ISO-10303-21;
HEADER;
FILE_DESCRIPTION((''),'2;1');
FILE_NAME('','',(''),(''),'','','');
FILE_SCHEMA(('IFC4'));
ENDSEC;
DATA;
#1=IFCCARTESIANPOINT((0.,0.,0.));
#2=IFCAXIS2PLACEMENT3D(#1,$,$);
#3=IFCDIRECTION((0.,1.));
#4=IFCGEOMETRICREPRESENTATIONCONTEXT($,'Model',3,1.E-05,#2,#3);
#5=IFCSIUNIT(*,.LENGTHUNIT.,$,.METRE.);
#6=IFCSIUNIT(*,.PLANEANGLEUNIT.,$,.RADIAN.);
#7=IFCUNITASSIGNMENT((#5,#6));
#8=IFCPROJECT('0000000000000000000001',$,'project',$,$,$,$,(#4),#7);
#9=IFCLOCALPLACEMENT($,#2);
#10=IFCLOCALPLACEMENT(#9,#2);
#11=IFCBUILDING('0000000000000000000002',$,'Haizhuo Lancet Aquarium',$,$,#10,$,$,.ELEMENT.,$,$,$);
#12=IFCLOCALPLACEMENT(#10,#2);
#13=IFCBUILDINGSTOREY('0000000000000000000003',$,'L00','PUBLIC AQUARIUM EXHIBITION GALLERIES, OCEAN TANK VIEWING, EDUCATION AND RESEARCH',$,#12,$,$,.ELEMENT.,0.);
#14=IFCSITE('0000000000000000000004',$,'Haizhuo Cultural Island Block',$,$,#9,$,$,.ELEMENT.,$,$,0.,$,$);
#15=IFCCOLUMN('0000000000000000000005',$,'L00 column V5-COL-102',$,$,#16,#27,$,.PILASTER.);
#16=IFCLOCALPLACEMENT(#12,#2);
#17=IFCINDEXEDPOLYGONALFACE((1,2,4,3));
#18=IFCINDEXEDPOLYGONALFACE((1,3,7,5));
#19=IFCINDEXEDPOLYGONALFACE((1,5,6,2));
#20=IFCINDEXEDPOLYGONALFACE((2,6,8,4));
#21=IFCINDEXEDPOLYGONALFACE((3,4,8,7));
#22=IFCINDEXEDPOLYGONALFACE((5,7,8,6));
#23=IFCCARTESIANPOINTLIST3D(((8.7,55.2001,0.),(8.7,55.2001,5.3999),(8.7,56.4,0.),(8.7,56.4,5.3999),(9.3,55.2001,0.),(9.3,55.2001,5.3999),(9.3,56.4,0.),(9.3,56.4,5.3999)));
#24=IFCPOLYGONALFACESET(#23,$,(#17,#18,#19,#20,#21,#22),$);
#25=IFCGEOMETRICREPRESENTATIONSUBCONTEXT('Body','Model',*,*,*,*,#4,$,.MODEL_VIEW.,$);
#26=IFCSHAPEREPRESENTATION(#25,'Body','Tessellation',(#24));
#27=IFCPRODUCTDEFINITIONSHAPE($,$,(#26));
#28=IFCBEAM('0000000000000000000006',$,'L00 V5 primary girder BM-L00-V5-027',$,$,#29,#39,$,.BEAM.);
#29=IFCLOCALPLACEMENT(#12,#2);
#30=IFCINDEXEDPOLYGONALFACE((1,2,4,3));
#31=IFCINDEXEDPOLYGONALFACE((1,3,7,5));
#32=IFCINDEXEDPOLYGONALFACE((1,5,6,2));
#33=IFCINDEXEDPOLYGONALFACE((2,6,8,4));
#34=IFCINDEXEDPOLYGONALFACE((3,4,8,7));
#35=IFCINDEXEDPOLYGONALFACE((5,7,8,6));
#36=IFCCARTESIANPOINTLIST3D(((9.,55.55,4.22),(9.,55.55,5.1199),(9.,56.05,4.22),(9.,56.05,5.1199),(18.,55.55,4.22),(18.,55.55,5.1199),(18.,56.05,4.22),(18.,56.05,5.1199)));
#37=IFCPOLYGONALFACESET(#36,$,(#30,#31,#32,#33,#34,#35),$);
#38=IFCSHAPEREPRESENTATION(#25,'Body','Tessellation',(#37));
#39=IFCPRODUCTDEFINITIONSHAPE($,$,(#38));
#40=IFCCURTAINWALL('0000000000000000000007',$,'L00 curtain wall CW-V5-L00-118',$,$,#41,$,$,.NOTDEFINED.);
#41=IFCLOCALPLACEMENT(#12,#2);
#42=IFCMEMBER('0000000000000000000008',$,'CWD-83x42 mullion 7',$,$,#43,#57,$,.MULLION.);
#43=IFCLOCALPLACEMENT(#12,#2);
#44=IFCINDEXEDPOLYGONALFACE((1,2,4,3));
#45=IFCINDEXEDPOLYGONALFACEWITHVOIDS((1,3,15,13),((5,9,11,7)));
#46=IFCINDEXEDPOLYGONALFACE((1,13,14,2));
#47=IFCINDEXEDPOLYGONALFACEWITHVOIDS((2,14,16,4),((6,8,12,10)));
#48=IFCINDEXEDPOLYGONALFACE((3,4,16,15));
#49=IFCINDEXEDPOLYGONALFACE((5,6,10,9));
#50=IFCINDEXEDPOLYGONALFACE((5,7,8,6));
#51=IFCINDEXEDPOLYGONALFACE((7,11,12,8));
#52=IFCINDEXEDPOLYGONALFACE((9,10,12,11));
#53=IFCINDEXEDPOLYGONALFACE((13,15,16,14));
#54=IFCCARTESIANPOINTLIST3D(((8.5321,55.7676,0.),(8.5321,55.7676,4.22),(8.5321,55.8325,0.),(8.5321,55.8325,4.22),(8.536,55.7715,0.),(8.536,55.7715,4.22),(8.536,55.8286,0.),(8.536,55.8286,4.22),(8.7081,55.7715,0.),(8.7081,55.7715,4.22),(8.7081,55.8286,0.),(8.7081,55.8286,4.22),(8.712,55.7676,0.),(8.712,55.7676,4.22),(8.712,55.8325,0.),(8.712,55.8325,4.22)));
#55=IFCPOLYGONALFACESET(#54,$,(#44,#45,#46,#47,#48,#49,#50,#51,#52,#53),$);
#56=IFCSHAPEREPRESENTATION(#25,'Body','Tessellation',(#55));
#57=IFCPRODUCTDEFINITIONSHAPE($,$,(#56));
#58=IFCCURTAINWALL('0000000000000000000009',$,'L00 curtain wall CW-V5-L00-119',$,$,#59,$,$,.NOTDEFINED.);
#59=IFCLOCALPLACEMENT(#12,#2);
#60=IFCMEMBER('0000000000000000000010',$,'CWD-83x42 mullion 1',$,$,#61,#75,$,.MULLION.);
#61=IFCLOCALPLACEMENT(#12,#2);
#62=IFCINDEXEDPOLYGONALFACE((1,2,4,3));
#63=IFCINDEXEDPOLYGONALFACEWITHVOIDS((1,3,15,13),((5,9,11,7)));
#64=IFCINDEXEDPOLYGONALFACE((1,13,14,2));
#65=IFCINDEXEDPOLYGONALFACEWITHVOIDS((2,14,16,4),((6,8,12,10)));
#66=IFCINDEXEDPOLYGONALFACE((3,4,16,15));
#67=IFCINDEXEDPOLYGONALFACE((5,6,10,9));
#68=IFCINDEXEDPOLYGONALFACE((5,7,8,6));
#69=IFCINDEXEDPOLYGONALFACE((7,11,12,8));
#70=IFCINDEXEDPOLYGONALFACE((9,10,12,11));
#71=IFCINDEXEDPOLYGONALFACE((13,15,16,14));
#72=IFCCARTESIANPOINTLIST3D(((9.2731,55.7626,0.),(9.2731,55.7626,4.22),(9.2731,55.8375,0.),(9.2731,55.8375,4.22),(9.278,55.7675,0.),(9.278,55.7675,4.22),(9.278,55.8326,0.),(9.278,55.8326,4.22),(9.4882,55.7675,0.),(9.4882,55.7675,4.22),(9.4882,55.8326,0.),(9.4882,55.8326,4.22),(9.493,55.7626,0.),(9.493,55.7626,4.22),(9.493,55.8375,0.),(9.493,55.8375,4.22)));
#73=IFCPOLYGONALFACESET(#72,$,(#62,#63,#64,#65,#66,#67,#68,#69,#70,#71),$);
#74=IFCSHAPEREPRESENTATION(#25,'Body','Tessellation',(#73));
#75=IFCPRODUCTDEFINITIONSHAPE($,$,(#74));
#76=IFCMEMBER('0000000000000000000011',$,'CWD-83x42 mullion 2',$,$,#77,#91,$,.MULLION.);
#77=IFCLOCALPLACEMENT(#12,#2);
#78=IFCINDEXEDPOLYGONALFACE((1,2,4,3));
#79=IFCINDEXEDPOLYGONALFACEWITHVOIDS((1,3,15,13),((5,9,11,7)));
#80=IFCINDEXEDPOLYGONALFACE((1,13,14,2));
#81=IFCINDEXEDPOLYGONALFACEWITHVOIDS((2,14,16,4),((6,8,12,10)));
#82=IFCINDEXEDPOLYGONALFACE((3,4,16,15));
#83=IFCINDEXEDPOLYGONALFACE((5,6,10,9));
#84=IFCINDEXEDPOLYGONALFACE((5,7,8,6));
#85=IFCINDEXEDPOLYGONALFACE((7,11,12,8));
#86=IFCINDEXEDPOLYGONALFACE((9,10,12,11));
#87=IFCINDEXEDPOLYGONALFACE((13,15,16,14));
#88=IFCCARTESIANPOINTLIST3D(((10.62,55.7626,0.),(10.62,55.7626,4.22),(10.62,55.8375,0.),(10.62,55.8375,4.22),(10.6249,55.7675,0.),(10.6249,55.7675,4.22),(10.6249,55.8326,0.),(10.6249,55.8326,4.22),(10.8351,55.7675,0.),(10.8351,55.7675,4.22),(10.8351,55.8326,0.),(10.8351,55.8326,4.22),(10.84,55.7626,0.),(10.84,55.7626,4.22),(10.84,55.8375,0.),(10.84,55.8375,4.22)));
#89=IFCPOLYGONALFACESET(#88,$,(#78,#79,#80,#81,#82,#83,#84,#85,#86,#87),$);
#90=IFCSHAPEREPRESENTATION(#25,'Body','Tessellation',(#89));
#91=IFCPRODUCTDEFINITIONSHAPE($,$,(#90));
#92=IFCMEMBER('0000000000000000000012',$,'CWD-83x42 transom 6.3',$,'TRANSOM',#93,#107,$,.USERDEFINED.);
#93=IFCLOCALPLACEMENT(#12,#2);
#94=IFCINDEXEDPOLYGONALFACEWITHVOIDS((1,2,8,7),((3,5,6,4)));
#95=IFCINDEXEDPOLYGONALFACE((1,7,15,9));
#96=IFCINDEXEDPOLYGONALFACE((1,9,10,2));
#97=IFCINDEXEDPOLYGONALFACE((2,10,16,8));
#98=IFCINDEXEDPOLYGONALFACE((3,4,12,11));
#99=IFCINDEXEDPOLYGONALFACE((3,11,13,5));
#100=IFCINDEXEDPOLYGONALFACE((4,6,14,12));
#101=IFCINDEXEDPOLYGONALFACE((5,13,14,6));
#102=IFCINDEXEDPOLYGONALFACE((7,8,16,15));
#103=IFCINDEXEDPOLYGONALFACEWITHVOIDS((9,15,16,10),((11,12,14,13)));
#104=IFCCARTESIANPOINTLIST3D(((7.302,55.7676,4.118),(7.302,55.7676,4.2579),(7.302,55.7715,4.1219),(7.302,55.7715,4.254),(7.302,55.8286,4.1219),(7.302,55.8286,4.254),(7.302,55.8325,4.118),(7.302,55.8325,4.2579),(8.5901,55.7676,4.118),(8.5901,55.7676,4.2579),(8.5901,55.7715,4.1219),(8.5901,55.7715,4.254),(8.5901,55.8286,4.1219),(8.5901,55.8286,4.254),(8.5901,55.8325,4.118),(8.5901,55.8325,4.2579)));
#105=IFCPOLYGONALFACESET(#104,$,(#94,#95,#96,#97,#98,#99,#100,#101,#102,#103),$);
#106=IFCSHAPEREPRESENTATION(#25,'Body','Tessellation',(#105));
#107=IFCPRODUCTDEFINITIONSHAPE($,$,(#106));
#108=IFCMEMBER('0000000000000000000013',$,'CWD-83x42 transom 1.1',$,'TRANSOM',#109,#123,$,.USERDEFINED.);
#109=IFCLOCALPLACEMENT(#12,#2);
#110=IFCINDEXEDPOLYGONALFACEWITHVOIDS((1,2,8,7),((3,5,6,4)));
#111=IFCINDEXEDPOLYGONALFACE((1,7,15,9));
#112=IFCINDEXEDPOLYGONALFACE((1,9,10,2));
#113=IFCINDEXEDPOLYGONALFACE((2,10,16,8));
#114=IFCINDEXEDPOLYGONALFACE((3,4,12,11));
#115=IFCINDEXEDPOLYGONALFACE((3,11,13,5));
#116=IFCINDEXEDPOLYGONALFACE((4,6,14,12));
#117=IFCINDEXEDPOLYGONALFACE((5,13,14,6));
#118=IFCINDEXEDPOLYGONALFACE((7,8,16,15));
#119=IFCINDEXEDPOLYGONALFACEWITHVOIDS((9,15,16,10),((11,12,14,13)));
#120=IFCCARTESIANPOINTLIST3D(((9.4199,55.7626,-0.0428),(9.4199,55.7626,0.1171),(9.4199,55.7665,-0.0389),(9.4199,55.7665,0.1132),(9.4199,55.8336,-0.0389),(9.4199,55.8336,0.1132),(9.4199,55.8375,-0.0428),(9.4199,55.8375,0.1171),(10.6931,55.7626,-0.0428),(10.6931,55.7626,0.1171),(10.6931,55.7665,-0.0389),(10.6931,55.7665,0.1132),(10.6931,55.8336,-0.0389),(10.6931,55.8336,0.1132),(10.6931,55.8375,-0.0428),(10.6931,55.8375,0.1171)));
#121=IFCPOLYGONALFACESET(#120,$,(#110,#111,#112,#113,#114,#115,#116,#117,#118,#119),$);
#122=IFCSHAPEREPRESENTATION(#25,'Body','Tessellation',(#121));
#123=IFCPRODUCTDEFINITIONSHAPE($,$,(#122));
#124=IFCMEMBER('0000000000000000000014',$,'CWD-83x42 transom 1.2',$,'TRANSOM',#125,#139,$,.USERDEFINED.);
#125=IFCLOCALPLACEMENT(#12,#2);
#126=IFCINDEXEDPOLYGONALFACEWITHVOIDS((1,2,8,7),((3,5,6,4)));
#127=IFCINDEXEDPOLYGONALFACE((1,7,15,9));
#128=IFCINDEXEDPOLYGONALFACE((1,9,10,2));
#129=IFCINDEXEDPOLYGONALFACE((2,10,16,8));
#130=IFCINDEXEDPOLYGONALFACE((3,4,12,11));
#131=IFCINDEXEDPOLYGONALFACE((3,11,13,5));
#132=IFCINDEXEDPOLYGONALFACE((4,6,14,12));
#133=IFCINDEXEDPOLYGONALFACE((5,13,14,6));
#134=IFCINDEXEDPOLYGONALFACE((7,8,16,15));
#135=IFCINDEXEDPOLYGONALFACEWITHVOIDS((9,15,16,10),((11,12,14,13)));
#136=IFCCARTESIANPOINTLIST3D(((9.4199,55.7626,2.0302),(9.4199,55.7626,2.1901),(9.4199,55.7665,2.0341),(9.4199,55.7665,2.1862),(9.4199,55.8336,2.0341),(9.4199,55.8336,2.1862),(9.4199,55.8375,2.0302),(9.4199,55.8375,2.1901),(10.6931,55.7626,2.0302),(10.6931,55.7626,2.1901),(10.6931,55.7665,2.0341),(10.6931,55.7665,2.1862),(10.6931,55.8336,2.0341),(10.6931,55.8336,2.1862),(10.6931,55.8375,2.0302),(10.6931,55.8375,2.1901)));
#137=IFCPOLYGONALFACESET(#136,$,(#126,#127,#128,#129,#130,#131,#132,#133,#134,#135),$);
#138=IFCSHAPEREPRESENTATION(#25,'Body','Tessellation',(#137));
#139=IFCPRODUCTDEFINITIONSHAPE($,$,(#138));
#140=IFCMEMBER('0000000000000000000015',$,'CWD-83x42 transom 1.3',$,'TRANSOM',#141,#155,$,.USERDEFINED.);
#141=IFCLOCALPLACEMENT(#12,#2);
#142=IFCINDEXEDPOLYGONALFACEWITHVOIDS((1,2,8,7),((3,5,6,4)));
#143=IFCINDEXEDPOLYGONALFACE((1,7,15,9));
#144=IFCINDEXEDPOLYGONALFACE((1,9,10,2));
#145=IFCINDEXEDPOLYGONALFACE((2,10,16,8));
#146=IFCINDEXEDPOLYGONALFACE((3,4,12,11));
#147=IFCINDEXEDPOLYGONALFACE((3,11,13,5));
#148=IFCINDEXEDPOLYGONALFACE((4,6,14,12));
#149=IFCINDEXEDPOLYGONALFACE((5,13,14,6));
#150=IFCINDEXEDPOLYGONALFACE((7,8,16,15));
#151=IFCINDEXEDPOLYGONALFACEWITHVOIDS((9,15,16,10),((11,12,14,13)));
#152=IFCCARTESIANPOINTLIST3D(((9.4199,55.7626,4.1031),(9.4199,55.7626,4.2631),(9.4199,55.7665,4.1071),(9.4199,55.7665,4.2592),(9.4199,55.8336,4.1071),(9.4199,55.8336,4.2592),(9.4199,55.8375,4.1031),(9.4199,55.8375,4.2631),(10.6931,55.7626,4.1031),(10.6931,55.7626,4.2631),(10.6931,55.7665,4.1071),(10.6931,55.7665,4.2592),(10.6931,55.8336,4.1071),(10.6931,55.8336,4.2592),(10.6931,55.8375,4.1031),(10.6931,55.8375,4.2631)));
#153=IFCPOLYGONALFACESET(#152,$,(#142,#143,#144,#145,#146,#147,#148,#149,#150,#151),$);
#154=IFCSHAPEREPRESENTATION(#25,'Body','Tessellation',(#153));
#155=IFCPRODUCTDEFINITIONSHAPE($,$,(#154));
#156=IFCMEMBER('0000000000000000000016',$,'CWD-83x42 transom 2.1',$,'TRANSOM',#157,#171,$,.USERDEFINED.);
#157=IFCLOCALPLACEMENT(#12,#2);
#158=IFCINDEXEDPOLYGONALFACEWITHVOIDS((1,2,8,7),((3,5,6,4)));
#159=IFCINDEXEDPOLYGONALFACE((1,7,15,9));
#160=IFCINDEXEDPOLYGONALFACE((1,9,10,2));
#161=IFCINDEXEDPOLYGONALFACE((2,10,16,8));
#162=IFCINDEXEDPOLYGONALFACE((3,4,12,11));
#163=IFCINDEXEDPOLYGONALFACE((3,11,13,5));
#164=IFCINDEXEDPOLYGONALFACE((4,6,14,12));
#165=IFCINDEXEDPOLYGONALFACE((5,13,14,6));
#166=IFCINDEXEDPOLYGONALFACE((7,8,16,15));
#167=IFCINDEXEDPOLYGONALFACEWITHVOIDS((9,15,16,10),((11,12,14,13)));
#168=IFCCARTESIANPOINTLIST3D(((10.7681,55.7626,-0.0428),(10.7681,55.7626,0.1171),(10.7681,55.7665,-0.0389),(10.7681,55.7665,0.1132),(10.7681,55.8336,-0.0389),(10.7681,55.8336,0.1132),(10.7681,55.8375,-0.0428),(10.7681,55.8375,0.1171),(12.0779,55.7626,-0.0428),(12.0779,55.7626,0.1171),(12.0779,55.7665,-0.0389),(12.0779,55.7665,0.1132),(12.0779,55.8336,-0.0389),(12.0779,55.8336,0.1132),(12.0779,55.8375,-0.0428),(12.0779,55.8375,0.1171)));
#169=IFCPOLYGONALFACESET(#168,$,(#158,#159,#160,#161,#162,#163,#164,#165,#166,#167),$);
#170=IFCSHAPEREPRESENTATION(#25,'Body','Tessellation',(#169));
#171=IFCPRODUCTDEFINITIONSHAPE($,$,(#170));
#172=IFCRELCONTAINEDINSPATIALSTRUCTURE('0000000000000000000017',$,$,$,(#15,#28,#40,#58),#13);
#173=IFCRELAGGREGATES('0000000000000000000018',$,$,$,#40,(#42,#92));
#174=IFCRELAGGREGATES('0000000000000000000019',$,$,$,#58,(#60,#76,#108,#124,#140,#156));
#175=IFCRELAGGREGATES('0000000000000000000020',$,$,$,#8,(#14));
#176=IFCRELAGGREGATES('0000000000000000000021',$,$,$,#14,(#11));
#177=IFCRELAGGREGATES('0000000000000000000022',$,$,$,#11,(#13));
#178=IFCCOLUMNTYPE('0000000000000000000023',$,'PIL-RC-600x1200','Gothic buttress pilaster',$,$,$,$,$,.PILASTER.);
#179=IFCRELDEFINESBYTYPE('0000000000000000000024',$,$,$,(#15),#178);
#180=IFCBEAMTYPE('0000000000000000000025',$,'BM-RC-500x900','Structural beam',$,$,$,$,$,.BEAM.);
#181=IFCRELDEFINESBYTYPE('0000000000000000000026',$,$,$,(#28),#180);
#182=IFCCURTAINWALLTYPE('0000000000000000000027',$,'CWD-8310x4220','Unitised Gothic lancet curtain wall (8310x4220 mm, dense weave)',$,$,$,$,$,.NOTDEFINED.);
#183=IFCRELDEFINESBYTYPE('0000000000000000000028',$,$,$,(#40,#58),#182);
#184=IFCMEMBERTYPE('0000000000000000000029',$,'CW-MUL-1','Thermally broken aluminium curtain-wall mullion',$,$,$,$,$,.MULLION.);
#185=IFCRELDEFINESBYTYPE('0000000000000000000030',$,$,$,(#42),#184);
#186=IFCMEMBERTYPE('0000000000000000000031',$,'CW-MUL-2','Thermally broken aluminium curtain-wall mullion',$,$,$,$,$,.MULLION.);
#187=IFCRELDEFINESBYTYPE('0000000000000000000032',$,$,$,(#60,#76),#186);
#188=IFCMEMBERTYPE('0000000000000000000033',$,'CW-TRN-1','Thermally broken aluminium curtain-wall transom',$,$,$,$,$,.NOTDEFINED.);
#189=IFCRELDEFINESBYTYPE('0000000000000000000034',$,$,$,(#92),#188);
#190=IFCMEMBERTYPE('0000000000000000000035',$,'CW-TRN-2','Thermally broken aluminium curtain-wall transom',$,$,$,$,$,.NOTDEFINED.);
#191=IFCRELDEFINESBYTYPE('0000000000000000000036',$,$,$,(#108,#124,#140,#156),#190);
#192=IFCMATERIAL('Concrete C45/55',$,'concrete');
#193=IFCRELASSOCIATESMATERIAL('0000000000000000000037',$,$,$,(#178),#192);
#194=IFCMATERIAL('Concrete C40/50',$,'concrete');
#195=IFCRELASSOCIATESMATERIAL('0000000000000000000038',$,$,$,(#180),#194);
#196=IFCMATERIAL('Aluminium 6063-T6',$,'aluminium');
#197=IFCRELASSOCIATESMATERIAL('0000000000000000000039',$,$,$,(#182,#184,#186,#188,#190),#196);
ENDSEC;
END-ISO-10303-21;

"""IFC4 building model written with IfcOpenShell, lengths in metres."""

from ifc_helpers import new_model, si_unit, direction, frame, origin, origin_2d, place, context, subcontext, project, spatial, rectangle, hollow_rectangle, extrude, material, material_profile, profile_set, type_object, element, aggregate, save


model = new_model("IFC4")

# Units and contexts
model_context = context("Model", 3, precision=1e-05, world=origin(), true_north=direction((0.0, 1.0)))
body_context = subcontext(model_context, "Body", "Model", "MODEL_VIEW")
ifc_project = project(units=[si_unit("LENGTHUNIT", "METRE"), si_unit("PLANEANGLEUNIT", "RADIAN")], contexts=[model_context])

# Site, building, storey
site_placement = place(None, origin())
site = spatial("IfcSite", under=ifc_project, at=site_placement, Name="Haizhuo Cultural Island Block", CompositionType="ELEMENT", RefElevation=0.0)
building_placement = place(site_placement, origin())
building = spatial("IfcBuilding", under=site, at=building_placement, Name="Haizhuo Lancet Aquarium", CompositionType="ELEMENT")
storey_placement = place(building_placement, origin())
storey = spatial("IfcBuildingStorey", under=building, at=storey_placement, Name="L00", Description="PUBLIC AQUARIUM EXHIBITION GALLERIES, OCEAN TANK VIEWING, EDUCATION AND RESEARCH", CompositionType="ELEMENT", Elevation=0.0)

# Column
ifc_material_1 = material(Name="Concrete C45/55", Category="concrete")
ifc_material_profile_1 = material_profile(ifc_material_1, rectangle(XDim=0.6001, YDim=1.2, at=origin_2d()), Name="RC-PIL 600x1200")
ifc_profile_set_1 = profile_set([ifc_material_profile_1], Name="Concrete C45/55")
column_type = type_object("IfcColumnType", Name="PIL-RC-600x1200", Description="Gothic buttress pilaster", PredefinedType="PILASTER", material=ifc_profile_set_1)
column_placement = place(storey_placement, frame((9.0, 55.8, 0.0), z_axis=(0.0, 0.0, 1.0), x_axis=(1.0, 0.0, 0.0)))
element("IfcColumn", 1, at=column_placement, inside=storey, type_object=column_type, Name="L00 column V5-COL-102", PredefinedType="PILASTER", context=body_context, shape_type="SweptSolid", body=[
    extrude(rectangle(XDim=0.6001, YDim=1.2, at=origin_2d()), origin(), (0.0, 0.0, 1.0), 5.3999),
])

# Beam
ifc_material_2 = material(Name="Concrete C40/50", Category="concrete")
ifc_material_profile_2 = material_profile(ifc_material_2, rectangle(XDim=0.5, YDim=0.8999, at=origin_2d()), Name="RC-BM 500x900")
ifc_profile_set_2 = profile_set([ifc_material_profile_2], Name="Concrete C40/50")
beam_type = type_object("IfcBeamType", Name="BM-RC-500x900", Description="Structural beam", PredefinedType="BEAM", material=ifc_profile_set_2)
beam_placement = place(storey_placement, frame((9.0, 55.8, 4.6699), z_axis=(1.0, 0.0, 0.0), x_axis=(0.0, 1.0, 0.0)))
element("IfcBeam", 2, at=beam_placement, inside=storey, type_object=beam_type, Name="L00 V5 primary girder BM-L00-V5-027", PredefinedType="BEAM", context=body_context, shape_type="SweptSolid", body=[
    extrude(rectangle(XDim=0.5, YDim=0.8999, at=origin_2d()), origin(), (0.0, 0.0, 1.0), 9.0),
])

# Curtain wall, member
ifc_material_3 = material(Name="Aluminium 6063-T6", Category="aluminium")
curtain_wall_type = type_object("IfcCurtainWallType", Name="CWD-8310x4220", Description="Unitised Gothic lancet curtain wall (8310x4220 mm, dense weave)", PredefinedType="NOTDEFINED", material=ifc_material_3)
curtain_wall_1_placement = place(storey_placement, origin())
curtain_wall_1 = element("IfcCurtainWall", 3, at=curtain_wall_1_placement, inside=storey, type_object=curtain_wall_type, Name="L00 curtain wall CW-V5-L00-118", PredefinedType="NOTDEFINED")
ifc_material_profile_3 = material_profile(ifc_material_3, hollow_rectangle(XDim=0.0649, YDim=0.1799, WallThickness=0.0039, at=origin_2d()), Name="ALU-M 65x180x4")
ifc_profile_set_3 = profile_set([ifc_material_profile_3], Name="Aluminium 6063-T6")
member_type_1 = type_object("IfcMemberType", Name="CW-MUL-1", Description="Thermally broken aluminium curtain-wall mullion", PredefinedType="MULLION", material=ifc_profile_set_3)
member_1_placement = place(storey_placement, frame((8.6221, 55.8, 0.0), z_axis=(0.0, 0.0, 1.0), x_axis=(0.0, 1.0, 0.0)))
member_1 = element("IfcMember", 4, at=member_1_placement, type_object=member_type_1, Name="CWD-83x42 mullion 7", PredefinedType="MULLION", context=body_context, shape_type="SweptSolid", body=[
    extrude(hollow_rectangle(XDim=0.0649, YDim=0.1799, WallThickness=0.0039, at=origin_2d()), origin(), (0.0, 0.0, 1.0), 4.22),
])

# Curtain wall, members
curtain_wall_2_placement = place(storey_placement, origin())
curtain_wall_2 = element("IfcCurtainWall", 5, at=curtain_wall_2_placement, inside=storey, type_object=curtain_wall_type, Name="L00 curtain wall CW-V5-L00-119", PredefinedType="NOTDEFINED")
ifc_material_profile_4 = material_profile(ifc_material_3, hollow_rectangle(XDim=0.075, YDim=0.22, WallThickness=0.0049, at=origin_2d()), Name="ALU-M 75x220x5")
ifc_profile_set_4 = profile_set([ifc_material_profile_4], Name="Aluminium 6063-T6")
member_type_2 = type_object("IfcMemberType", Name="CW-MUL-2", Description="Thermally broken aluminium curtain-wall mullion", PredefinedType="MULLION", material=ifc_profile_set_4)
member_2_placement = place(storey_placement, frame((9.3831, 55.8, 0.0), z_axis=(0.0, 0.0, 1.0), x_axis=(0.0, 1.0, 0.0)))
member_2 = element("IfcMember", 6, at=member_2_placement, type_object=member_type_2, Name="CWD-83x42 mullion 1", PredefinedType="MULLION", context=body_context, shape_type="SweptSolid", body=[
    extrude(hollow_rectangle(XDim=0.075, YDim=0.22, WallThickness=0.0049, at=origin_2d()), origin(), (0.0, 0.0, 1.0), 4.22),
])
member_3_placement = place(storey_placement, frame((10.73, 55.8, 0.0), z_axis=(0.0, 0.0, 1.0), x_axis=(0.0, 1.0, 0.0)))
member_3 = element("IfcMember", 7, at=member_3_placement, type_object=member_type_2, Name="CWD-83x42 mullion 2", PredefinedType="MULLION", context=body_context, shape_type="SweptSolid", body=[
    extrude(hollow_rectangle(XDim=0.075, YDim=0.22, WallThickness=0.0049, at=origin_2d()), origin(), (0.0, 0.0, 1.0), 4.22),
])

# Members
ifc_material_profile_5 = material_profile(ifc_material_3, hollow_rectangle(XDim=0.0649, YDim=0.1399, WallThickness=0.0039, at=origin_2d()), Name="ALU-T 65x140x4")
ifc_profile_set_5 = profile_set([ifc_material_profile_5], Name="Aluminium 6063-T6")
member_type_3 = type_object("IfcMemberType", Name="CW-TRN-1", Description="Thermally broken aluminium curtain-wall transom", PredefinedType="NOTDEFINED", material=ifc_profile_set_5)
member_4_placement = place(storey_placement, frame((7.302, 55.8, 4.188), z_axis=(1.0, 0.0, 0.0), x_axis=(0.0, 1.0, 0.0)))
member_4 = element("IfcMember", 8, at=member_4_placement, type_object=member_type_3, Name="CWD-83x42 transom 6.3", ObjectType="TRANSOM", PredefinedType="USERDEFINED", context=body_context, shape_type="SweptSolid", body=[
    extrude(hollow_rectangle(XDim=0.0649, YDim=0.1399, WallThickness=0.0039, at=origin_2d()), origin(), (0.0, 0.0, 1.0), 1.2881),
])
ifc_material_profile_6 = material_profile(ifc_material_3, hollow_rectangle(XDim=0.075, YDim=0.1599, WallThickness=0.0039, at=origin_2d()), Name="ALU-T 75x160x4")
ifc_profile_set_6 = profile_set([ifc_material_profile_6], Name="Aluminium 6063-T6")
member_type_4 = type_object("IfcMemberType", Name="CW-TRN-2", Description="Thermally broken aluminium curtain-wall transom", PredefinedType="NOTDEFINED", material=ifc_profile_set_6)
member_5_placement = place(storey_placement, frame((9.4199, 55.8, 0.0371), z_axis=(1.0, 0.0, 0.0), x_axis=(0.0, 1.0, 0.0)))
member_5 = element("IfcMember", 9, at=member_5_placement, type_object=member_type_4, Name="CWD-83x42 transom 1.1", ObjectType="TRANSOM", PredefinedType="USERDEFINED", context=body_context, shape_type="SweptSolid", body=[
    extrude(hollow_rectangle(XDim=0.075, YDim=0.1599, WallThickness=0.0039, at=origin_2d()), origin(), (0.0, 0.0, 1.0), 1.2732),
])
member_6_placement = place(storey_placement, frame((9.4199, 55.8, 2.1101), z_axis=(1.0, 0.0, 0.0), x_axis=(0.0, 1.0, 0.0)))
member_6 = element("IfcMember", 10, at=member_6_placement, type_object=member_type_4, Name="CWD-83x42 transom 1.2", ObjectType="TRANSOM", PredefinedType="USERDEFINED", context=body_context, shape_type="SweptSolid", body=[
    extrude(hollow_rectangle(XDim=0.075, YDim=0.1599, WallThickness=0.0039, at=origin_2d()), origin(), (0.0, 0.0, 1.0), 1.2732),
])
member_7_placement = place(storey_placement, frame((9.4199, 55.8, 4.1831), z_axis=(1.0, 0.0, 0.0), x_axis=(0.0, 1.0, 0.0)))
member_7 = element("IfcMember", 11, at=member_7_placement, type_object=member_type_4, Name="CWD-83x42 transom 1.3", ObjectType="TRANSOM", PredefinedType="USERDEFINED", context=body_context, shape_type="SweptSolid", body=[
    extrude(hollow_rectangle(XDim=0.075, YDim=0.1599, WallThickness=0.0039, at=origin_2d()), origin(), (0.0, 0.0, 1.0), 1.2732),
])
member_8_placement = place(storey_placement, frame((10.7681, 55.8, 0.0371), z_axis=(1.0, 0.0, 0.0), x_axis=(0.0, 1.0, 0.0)))
member_8 = element("IfcMember", 12, at=member_8_placement, type_object=member_type_4, Name="CWD-83x42 transom 2.1", ObjectType="TRANSOM", PredefinedType="USERDEFINED", context=body_context, shape_type="SweptSolid", body=[
    extrude(hollow_rectangle(XDim=0.075, YDim=0.1599, WallThickness=0.0039, at=origin_2d()), origin(), (0.0, 0.0, 1.0), 1.3098),
])

aggregate(curtain_wall_1, [member_1, member_4])
aggregate(curtain_wall_2, [member_2, member_3, member_5, member_6, member_7, member_8])

save(model, "model.ifc")
